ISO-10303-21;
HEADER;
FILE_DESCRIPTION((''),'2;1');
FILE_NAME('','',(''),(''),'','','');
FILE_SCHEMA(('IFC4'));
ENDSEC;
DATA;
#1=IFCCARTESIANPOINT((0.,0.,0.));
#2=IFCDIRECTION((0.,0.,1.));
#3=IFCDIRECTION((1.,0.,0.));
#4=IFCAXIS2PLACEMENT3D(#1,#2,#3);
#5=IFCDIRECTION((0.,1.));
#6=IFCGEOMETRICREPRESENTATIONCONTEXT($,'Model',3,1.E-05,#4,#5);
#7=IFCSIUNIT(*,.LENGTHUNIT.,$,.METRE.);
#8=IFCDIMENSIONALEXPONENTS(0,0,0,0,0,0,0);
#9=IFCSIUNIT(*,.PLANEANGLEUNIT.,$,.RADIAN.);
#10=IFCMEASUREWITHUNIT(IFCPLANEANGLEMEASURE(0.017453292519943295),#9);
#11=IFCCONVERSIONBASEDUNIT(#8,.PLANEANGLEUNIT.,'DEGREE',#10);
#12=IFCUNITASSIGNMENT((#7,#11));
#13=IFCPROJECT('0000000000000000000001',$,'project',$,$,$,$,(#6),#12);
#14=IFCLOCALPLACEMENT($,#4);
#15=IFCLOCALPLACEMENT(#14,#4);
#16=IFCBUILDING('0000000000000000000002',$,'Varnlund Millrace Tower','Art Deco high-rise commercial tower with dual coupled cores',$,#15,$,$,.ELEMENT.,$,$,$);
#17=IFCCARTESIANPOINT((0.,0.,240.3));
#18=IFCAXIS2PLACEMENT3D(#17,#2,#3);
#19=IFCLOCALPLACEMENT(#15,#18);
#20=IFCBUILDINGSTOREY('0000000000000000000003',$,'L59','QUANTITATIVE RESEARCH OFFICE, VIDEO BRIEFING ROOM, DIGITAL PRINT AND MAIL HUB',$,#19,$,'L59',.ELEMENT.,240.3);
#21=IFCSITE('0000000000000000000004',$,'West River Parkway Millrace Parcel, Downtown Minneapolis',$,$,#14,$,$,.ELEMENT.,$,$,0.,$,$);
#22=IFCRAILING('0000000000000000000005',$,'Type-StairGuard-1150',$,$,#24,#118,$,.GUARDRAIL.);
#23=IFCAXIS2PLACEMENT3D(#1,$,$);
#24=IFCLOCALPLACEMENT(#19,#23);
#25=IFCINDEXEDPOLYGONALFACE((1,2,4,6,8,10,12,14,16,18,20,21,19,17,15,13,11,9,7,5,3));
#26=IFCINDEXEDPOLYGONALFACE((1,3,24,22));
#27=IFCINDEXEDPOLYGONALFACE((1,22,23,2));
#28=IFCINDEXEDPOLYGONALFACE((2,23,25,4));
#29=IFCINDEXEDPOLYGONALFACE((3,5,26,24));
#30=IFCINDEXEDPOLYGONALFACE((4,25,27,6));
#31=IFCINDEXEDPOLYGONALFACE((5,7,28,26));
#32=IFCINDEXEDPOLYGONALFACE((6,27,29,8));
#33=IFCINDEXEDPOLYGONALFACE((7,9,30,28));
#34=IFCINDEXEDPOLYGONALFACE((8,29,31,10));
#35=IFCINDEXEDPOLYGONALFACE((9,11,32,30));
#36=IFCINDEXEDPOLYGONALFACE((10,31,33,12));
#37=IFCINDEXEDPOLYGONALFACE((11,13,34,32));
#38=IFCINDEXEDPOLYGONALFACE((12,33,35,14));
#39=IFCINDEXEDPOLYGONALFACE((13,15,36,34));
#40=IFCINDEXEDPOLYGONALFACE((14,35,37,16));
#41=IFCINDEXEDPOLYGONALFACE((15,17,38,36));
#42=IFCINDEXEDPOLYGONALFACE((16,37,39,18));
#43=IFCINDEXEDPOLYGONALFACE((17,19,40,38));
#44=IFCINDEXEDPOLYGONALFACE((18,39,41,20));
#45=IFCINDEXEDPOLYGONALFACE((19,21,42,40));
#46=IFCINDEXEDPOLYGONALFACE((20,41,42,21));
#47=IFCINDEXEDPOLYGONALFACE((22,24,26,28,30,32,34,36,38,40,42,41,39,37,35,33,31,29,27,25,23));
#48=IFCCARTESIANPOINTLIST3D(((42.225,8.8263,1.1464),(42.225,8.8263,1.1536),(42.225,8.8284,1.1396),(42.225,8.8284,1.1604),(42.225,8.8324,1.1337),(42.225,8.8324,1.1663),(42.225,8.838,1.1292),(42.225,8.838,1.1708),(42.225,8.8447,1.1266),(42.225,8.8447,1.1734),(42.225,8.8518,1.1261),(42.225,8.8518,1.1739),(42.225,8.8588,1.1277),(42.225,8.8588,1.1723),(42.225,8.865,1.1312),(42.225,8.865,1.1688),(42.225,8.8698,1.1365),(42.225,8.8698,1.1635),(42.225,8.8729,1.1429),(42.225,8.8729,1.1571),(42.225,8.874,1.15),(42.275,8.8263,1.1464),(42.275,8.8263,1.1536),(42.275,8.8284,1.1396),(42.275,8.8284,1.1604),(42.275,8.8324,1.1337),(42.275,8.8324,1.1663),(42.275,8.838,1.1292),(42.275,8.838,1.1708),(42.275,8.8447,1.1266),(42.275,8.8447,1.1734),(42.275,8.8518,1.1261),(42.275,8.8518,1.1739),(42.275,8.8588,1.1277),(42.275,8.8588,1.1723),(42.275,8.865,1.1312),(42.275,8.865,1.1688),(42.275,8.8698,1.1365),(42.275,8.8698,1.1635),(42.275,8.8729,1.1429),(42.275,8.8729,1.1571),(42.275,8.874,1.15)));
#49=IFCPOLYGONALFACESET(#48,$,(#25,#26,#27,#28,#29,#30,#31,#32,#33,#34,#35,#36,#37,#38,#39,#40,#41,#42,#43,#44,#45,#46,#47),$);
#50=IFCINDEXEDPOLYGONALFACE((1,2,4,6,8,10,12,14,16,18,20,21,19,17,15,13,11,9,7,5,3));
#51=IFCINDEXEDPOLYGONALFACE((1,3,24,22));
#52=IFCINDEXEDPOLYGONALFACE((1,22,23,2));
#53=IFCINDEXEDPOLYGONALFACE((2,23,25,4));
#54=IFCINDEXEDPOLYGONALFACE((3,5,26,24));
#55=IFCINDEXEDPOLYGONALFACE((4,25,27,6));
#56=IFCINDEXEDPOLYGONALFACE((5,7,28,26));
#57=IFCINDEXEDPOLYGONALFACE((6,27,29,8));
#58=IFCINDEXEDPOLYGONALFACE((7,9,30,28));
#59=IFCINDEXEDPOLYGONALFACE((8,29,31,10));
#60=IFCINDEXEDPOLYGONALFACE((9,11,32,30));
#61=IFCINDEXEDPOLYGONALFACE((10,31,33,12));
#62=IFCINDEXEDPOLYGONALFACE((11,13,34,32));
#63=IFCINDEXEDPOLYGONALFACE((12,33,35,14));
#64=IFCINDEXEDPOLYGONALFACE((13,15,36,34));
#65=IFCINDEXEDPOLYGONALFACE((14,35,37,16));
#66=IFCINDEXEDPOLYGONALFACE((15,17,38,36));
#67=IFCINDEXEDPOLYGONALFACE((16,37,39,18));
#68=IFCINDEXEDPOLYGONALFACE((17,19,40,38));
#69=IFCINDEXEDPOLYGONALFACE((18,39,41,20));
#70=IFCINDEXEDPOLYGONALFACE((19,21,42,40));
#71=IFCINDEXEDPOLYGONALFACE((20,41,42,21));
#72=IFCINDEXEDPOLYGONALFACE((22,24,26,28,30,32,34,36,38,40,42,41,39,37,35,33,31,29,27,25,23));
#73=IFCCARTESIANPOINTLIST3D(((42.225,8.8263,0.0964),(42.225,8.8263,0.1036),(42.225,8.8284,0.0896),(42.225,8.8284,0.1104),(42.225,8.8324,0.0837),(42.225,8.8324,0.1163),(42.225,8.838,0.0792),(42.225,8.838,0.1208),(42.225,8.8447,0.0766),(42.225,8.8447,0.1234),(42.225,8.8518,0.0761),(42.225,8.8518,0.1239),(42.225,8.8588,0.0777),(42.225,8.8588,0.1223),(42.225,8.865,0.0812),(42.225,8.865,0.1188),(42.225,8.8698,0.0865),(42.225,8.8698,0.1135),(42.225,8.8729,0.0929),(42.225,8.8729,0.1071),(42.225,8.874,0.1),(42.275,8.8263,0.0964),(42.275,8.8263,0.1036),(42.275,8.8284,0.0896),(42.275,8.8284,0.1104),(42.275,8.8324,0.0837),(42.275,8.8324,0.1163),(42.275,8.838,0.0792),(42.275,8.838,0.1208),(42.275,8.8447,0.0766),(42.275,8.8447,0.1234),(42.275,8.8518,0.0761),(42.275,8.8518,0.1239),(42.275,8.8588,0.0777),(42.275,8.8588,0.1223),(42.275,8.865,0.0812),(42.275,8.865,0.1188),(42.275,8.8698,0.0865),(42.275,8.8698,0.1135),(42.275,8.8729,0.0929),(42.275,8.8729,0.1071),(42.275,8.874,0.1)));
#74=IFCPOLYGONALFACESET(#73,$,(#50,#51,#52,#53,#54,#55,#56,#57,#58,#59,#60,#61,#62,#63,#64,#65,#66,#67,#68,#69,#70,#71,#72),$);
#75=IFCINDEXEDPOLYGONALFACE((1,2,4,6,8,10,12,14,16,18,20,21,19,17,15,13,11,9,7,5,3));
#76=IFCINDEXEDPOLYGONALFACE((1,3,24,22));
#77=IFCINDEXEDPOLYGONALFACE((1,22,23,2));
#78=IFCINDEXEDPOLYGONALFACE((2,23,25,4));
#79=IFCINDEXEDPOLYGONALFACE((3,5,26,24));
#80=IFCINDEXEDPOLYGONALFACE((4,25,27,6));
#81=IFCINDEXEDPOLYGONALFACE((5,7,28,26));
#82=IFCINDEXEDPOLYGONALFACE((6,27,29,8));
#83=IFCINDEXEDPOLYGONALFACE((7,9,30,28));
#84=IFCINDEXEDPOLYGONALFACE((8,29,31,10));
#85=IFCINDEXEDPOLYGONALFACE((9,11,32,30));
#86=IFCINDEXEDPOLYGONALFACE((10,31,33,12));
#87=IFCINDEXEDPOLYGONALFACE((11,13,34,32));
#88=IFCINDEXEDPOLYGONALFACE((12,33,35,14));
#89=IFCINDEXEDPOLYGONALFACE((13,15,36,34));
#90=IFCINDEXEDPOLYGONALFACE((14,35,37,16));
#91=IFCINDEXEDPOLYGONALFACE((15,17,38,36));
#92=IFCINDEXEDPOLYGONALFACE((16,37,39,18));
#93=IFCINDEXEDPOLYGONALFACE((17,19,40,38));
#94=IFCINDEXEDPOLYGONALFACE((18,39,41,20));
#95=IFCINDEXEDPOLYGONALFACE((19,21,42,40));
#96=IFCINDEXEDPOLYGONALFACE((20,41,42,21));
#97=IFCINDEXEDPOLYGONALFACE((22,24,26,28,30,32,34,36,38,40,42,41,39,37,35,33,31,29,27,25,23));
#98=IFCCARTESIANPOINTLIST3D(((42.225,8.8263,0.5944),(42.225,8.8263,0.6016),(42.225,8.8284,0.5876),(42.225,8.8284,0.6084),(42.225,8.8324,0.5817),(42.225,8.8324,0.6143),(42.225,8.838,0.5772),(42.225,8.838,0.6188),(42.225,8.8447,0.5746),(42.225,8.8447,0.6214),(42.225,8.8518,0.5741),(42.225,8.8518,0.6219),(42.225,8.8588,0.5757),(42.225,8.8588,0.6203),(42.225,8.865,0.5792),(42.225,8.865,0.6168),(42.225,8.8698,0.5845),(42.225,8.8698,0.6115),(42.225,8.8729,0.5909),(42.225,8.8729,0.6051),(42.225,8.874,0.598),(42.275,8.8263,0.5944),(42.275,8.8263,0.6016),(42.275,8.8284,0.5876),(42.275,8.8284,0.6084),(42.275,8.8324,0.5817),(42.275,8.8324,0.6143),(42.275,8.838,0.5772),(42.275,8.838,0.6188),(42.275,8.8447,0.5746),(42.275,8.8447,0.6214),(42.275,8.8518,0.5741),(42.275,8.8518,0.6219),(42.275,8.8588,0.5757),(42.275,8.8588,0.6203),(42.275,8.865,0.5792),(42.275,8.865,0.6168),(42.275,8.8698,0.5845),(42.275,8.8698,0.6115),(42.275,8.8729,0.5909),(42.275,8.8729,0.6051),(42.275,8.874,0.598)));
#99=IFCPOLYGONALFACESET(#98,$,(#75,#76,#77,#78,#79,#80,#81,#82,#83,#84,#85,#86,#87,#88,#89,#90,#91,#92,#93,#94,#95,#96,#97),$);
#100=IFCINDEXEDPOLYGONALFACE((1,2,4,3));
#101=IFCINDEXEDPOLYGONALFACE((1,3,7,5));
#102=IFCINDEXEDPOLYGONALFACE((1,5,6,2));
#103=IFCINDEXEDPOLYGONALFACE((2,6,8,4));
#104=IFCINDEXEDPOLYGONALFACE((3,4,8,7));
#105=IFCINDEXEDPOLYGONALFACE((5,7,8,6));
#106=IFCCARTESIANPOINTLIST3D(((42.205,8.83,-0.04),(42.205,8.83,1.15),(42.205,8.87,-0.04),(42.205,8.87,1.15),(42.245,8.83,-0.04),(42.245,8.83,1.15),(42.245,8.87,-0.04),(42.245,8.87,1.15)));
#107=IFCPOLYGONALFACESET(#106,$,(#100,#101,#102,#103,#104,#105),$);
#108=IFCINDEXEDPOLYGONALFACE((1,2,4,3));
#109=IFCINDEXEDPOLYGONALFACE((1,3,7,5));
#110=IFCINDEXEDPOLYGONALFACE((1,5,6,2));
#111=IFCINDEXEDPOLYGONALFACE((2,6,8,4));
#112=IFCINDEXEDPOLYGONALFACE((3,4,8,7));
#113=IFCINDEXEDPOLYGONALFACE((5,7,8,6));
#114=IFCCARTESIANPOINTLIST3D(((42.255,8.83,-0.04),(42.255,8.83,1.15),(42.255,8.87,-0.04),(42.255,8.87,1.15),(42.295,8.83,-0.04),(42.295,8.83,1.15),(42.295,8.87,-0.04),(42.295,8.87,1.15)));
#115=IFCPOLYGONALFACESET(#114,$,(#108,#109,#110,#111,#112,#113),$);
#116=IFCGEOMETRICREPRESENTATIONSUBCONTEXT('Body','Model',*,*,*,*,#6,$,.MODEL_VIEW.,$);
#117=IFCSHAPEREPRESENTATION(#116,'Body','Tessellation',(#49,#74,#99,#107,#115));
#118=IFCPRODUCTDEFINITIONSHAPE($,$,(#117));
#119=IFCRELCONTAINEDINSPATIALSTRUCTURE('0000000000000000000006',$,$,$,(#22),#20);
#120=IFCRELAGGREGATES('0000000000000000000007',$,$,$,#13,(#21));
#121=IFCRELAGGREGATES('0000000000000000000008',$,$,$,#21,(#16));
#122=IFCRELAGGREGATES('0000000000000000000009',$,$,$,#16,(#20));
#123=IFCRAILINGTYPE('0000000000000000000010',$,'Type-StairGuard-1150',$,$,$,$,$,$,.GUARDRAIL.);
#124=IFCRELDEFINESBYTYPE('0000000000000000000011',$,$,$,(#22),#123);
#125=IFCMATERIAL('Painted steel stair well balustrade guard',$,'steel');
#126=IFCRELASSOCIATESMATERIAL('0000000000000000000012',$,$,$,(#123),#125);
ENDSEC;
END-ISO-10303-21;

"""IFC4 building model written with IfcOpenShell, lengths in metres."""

from ifc_helpers import new_model, entity, si_unit, converted_unit, direction, frame, origin_with_axes, origin_2d_with_axis, place, context, subcontext, project, spatial, rectangle, circle, extrude, material, type_object, element, save


model = new_model("IFC4")

# Units and contexts
model_context = context("Model", 3, precision=1e-05, world=origin_with_axes(), true_north=direction((0.0, 1.0)))
body_context = subcontext(model_context, "Body", "Model", "MODEL_VIEW")
ifc_project = project(units=[si_unit("LENGTHUNIT", "METRE"), converted_unit("PLANEANGLEUNIT", "DEGREE", entity("IfcPlaneAngleMeasure", 0.017453292519943295), si_unit("PLANEANGLEUNIT", "RADIAN"), dimensions=[0, 0, 0, 0, 0, 0, 0])], contexts=[model_context])

# Site, building, storey
site_placement = place(None, origin_with_axes())
site = spatial("IfcSite", under=ifc_project, at=site_placement, Name="West River Parkway Millrace Parcel, Downtown Minneapolis", CompositionType="ELEMENT", RefElevation=0.0)
building_placement = place(site_placement, origin_with_axes())
building = spatial("IfcBuilding", under=site, at=building_placement, Name="Varnlund Millrace Tower", Description="Art Deco high-rise commercial tower with dual coupled cores", CompositionType="ELEMENT")
storey_placement = place(building_placement, frame((0.0, 0.0, 240.3), z_axis=(0.0, 0.0, 1.0), x_axis=(1.0, 0.0, 0.0)))
storey = spatial("IfcBuildingStorey", under=building, at=storey_placement, Name="L59", Description="QUANTITATIVE RESEARCH OFFICE, VIDEO BRIEFING ROOM, DIGITAL PRINT AND MAIL HUB", LongName="L59", CompositionType="ELEMENT", Elevation=240.3)

# Railing
ifc_material_1 = material(Name="Painted steel stair well balustrade guard", Category="steel")
railing_type_1 = type_object("IfcRailingType", Name="Type-StairGuard-1150", PredefinedType="GUARDRAIL", material=ifc_material_1)
railing_1_placement = place(storey_placement, frame((0.0, 0.0, -240.3), z_axis=(0.0, 0.0, 1.0), x_axis=(1.0, 0.0, 0.0)))
element("IfcRailing", 1, at=railing_1_placement, inside=storey, type_object=railing_type_1, Name="Type-StairGuard-1150", PredefinedType="GUARDRAIL", context=body_context, shape_type="SweptSolid", body=[
    extrude(circle(Radius=0.024, at=origin_2d_with_axis()), frame((42.225, 8.85, 241.45), z_axis=(1.0, 0.0, 0.0), x_axis=(0.0, 1.0, 0.0)), (0.0, 0.0, 1.0), 0.05),
    extrude(circle(Radius=0.024, at=origin_2d_with_axis()), frame((42.225, 8.85, 240.4), z_axis=(1.0, 0.0, 0.0), x_axis=(0.0, 1.0, 0.0)), (0.0, 0.0, 1.0), 0.05),
    extrude(circle(Radius=0.024, at=origin_2d_with_axis()), frame((42.225, 8.85, 240.898), z_axis=(1.0, 0.0, 0.0), x_axis=(0.0, 1.0, 0.0)), (0.0, 0.0, 1.0), 0.05),
    extrude(rectangle(XDim=0.04, YDim=0.04, at=origin_2d_with_axis()), frame((42.225, 8.85, 240.26), z_axis=(0.0, 0.0, 1.0), x_axis=(1.0, 0.0, 0.0)), (0.0, 0.0, 1.0), 1.19),
    extrude(rectangle(XDim=0.04, YDim=0.04, at=origin_2d_with_axis()), frame((42.275, 8.85, 240.26), z_axis=(0.0, 0.0, 1.0), x_axis=(1.0, 0.0, 0.0)), (0.0, 0.0, 1.0), 1.19),
])

save(model, "model.ifc")
